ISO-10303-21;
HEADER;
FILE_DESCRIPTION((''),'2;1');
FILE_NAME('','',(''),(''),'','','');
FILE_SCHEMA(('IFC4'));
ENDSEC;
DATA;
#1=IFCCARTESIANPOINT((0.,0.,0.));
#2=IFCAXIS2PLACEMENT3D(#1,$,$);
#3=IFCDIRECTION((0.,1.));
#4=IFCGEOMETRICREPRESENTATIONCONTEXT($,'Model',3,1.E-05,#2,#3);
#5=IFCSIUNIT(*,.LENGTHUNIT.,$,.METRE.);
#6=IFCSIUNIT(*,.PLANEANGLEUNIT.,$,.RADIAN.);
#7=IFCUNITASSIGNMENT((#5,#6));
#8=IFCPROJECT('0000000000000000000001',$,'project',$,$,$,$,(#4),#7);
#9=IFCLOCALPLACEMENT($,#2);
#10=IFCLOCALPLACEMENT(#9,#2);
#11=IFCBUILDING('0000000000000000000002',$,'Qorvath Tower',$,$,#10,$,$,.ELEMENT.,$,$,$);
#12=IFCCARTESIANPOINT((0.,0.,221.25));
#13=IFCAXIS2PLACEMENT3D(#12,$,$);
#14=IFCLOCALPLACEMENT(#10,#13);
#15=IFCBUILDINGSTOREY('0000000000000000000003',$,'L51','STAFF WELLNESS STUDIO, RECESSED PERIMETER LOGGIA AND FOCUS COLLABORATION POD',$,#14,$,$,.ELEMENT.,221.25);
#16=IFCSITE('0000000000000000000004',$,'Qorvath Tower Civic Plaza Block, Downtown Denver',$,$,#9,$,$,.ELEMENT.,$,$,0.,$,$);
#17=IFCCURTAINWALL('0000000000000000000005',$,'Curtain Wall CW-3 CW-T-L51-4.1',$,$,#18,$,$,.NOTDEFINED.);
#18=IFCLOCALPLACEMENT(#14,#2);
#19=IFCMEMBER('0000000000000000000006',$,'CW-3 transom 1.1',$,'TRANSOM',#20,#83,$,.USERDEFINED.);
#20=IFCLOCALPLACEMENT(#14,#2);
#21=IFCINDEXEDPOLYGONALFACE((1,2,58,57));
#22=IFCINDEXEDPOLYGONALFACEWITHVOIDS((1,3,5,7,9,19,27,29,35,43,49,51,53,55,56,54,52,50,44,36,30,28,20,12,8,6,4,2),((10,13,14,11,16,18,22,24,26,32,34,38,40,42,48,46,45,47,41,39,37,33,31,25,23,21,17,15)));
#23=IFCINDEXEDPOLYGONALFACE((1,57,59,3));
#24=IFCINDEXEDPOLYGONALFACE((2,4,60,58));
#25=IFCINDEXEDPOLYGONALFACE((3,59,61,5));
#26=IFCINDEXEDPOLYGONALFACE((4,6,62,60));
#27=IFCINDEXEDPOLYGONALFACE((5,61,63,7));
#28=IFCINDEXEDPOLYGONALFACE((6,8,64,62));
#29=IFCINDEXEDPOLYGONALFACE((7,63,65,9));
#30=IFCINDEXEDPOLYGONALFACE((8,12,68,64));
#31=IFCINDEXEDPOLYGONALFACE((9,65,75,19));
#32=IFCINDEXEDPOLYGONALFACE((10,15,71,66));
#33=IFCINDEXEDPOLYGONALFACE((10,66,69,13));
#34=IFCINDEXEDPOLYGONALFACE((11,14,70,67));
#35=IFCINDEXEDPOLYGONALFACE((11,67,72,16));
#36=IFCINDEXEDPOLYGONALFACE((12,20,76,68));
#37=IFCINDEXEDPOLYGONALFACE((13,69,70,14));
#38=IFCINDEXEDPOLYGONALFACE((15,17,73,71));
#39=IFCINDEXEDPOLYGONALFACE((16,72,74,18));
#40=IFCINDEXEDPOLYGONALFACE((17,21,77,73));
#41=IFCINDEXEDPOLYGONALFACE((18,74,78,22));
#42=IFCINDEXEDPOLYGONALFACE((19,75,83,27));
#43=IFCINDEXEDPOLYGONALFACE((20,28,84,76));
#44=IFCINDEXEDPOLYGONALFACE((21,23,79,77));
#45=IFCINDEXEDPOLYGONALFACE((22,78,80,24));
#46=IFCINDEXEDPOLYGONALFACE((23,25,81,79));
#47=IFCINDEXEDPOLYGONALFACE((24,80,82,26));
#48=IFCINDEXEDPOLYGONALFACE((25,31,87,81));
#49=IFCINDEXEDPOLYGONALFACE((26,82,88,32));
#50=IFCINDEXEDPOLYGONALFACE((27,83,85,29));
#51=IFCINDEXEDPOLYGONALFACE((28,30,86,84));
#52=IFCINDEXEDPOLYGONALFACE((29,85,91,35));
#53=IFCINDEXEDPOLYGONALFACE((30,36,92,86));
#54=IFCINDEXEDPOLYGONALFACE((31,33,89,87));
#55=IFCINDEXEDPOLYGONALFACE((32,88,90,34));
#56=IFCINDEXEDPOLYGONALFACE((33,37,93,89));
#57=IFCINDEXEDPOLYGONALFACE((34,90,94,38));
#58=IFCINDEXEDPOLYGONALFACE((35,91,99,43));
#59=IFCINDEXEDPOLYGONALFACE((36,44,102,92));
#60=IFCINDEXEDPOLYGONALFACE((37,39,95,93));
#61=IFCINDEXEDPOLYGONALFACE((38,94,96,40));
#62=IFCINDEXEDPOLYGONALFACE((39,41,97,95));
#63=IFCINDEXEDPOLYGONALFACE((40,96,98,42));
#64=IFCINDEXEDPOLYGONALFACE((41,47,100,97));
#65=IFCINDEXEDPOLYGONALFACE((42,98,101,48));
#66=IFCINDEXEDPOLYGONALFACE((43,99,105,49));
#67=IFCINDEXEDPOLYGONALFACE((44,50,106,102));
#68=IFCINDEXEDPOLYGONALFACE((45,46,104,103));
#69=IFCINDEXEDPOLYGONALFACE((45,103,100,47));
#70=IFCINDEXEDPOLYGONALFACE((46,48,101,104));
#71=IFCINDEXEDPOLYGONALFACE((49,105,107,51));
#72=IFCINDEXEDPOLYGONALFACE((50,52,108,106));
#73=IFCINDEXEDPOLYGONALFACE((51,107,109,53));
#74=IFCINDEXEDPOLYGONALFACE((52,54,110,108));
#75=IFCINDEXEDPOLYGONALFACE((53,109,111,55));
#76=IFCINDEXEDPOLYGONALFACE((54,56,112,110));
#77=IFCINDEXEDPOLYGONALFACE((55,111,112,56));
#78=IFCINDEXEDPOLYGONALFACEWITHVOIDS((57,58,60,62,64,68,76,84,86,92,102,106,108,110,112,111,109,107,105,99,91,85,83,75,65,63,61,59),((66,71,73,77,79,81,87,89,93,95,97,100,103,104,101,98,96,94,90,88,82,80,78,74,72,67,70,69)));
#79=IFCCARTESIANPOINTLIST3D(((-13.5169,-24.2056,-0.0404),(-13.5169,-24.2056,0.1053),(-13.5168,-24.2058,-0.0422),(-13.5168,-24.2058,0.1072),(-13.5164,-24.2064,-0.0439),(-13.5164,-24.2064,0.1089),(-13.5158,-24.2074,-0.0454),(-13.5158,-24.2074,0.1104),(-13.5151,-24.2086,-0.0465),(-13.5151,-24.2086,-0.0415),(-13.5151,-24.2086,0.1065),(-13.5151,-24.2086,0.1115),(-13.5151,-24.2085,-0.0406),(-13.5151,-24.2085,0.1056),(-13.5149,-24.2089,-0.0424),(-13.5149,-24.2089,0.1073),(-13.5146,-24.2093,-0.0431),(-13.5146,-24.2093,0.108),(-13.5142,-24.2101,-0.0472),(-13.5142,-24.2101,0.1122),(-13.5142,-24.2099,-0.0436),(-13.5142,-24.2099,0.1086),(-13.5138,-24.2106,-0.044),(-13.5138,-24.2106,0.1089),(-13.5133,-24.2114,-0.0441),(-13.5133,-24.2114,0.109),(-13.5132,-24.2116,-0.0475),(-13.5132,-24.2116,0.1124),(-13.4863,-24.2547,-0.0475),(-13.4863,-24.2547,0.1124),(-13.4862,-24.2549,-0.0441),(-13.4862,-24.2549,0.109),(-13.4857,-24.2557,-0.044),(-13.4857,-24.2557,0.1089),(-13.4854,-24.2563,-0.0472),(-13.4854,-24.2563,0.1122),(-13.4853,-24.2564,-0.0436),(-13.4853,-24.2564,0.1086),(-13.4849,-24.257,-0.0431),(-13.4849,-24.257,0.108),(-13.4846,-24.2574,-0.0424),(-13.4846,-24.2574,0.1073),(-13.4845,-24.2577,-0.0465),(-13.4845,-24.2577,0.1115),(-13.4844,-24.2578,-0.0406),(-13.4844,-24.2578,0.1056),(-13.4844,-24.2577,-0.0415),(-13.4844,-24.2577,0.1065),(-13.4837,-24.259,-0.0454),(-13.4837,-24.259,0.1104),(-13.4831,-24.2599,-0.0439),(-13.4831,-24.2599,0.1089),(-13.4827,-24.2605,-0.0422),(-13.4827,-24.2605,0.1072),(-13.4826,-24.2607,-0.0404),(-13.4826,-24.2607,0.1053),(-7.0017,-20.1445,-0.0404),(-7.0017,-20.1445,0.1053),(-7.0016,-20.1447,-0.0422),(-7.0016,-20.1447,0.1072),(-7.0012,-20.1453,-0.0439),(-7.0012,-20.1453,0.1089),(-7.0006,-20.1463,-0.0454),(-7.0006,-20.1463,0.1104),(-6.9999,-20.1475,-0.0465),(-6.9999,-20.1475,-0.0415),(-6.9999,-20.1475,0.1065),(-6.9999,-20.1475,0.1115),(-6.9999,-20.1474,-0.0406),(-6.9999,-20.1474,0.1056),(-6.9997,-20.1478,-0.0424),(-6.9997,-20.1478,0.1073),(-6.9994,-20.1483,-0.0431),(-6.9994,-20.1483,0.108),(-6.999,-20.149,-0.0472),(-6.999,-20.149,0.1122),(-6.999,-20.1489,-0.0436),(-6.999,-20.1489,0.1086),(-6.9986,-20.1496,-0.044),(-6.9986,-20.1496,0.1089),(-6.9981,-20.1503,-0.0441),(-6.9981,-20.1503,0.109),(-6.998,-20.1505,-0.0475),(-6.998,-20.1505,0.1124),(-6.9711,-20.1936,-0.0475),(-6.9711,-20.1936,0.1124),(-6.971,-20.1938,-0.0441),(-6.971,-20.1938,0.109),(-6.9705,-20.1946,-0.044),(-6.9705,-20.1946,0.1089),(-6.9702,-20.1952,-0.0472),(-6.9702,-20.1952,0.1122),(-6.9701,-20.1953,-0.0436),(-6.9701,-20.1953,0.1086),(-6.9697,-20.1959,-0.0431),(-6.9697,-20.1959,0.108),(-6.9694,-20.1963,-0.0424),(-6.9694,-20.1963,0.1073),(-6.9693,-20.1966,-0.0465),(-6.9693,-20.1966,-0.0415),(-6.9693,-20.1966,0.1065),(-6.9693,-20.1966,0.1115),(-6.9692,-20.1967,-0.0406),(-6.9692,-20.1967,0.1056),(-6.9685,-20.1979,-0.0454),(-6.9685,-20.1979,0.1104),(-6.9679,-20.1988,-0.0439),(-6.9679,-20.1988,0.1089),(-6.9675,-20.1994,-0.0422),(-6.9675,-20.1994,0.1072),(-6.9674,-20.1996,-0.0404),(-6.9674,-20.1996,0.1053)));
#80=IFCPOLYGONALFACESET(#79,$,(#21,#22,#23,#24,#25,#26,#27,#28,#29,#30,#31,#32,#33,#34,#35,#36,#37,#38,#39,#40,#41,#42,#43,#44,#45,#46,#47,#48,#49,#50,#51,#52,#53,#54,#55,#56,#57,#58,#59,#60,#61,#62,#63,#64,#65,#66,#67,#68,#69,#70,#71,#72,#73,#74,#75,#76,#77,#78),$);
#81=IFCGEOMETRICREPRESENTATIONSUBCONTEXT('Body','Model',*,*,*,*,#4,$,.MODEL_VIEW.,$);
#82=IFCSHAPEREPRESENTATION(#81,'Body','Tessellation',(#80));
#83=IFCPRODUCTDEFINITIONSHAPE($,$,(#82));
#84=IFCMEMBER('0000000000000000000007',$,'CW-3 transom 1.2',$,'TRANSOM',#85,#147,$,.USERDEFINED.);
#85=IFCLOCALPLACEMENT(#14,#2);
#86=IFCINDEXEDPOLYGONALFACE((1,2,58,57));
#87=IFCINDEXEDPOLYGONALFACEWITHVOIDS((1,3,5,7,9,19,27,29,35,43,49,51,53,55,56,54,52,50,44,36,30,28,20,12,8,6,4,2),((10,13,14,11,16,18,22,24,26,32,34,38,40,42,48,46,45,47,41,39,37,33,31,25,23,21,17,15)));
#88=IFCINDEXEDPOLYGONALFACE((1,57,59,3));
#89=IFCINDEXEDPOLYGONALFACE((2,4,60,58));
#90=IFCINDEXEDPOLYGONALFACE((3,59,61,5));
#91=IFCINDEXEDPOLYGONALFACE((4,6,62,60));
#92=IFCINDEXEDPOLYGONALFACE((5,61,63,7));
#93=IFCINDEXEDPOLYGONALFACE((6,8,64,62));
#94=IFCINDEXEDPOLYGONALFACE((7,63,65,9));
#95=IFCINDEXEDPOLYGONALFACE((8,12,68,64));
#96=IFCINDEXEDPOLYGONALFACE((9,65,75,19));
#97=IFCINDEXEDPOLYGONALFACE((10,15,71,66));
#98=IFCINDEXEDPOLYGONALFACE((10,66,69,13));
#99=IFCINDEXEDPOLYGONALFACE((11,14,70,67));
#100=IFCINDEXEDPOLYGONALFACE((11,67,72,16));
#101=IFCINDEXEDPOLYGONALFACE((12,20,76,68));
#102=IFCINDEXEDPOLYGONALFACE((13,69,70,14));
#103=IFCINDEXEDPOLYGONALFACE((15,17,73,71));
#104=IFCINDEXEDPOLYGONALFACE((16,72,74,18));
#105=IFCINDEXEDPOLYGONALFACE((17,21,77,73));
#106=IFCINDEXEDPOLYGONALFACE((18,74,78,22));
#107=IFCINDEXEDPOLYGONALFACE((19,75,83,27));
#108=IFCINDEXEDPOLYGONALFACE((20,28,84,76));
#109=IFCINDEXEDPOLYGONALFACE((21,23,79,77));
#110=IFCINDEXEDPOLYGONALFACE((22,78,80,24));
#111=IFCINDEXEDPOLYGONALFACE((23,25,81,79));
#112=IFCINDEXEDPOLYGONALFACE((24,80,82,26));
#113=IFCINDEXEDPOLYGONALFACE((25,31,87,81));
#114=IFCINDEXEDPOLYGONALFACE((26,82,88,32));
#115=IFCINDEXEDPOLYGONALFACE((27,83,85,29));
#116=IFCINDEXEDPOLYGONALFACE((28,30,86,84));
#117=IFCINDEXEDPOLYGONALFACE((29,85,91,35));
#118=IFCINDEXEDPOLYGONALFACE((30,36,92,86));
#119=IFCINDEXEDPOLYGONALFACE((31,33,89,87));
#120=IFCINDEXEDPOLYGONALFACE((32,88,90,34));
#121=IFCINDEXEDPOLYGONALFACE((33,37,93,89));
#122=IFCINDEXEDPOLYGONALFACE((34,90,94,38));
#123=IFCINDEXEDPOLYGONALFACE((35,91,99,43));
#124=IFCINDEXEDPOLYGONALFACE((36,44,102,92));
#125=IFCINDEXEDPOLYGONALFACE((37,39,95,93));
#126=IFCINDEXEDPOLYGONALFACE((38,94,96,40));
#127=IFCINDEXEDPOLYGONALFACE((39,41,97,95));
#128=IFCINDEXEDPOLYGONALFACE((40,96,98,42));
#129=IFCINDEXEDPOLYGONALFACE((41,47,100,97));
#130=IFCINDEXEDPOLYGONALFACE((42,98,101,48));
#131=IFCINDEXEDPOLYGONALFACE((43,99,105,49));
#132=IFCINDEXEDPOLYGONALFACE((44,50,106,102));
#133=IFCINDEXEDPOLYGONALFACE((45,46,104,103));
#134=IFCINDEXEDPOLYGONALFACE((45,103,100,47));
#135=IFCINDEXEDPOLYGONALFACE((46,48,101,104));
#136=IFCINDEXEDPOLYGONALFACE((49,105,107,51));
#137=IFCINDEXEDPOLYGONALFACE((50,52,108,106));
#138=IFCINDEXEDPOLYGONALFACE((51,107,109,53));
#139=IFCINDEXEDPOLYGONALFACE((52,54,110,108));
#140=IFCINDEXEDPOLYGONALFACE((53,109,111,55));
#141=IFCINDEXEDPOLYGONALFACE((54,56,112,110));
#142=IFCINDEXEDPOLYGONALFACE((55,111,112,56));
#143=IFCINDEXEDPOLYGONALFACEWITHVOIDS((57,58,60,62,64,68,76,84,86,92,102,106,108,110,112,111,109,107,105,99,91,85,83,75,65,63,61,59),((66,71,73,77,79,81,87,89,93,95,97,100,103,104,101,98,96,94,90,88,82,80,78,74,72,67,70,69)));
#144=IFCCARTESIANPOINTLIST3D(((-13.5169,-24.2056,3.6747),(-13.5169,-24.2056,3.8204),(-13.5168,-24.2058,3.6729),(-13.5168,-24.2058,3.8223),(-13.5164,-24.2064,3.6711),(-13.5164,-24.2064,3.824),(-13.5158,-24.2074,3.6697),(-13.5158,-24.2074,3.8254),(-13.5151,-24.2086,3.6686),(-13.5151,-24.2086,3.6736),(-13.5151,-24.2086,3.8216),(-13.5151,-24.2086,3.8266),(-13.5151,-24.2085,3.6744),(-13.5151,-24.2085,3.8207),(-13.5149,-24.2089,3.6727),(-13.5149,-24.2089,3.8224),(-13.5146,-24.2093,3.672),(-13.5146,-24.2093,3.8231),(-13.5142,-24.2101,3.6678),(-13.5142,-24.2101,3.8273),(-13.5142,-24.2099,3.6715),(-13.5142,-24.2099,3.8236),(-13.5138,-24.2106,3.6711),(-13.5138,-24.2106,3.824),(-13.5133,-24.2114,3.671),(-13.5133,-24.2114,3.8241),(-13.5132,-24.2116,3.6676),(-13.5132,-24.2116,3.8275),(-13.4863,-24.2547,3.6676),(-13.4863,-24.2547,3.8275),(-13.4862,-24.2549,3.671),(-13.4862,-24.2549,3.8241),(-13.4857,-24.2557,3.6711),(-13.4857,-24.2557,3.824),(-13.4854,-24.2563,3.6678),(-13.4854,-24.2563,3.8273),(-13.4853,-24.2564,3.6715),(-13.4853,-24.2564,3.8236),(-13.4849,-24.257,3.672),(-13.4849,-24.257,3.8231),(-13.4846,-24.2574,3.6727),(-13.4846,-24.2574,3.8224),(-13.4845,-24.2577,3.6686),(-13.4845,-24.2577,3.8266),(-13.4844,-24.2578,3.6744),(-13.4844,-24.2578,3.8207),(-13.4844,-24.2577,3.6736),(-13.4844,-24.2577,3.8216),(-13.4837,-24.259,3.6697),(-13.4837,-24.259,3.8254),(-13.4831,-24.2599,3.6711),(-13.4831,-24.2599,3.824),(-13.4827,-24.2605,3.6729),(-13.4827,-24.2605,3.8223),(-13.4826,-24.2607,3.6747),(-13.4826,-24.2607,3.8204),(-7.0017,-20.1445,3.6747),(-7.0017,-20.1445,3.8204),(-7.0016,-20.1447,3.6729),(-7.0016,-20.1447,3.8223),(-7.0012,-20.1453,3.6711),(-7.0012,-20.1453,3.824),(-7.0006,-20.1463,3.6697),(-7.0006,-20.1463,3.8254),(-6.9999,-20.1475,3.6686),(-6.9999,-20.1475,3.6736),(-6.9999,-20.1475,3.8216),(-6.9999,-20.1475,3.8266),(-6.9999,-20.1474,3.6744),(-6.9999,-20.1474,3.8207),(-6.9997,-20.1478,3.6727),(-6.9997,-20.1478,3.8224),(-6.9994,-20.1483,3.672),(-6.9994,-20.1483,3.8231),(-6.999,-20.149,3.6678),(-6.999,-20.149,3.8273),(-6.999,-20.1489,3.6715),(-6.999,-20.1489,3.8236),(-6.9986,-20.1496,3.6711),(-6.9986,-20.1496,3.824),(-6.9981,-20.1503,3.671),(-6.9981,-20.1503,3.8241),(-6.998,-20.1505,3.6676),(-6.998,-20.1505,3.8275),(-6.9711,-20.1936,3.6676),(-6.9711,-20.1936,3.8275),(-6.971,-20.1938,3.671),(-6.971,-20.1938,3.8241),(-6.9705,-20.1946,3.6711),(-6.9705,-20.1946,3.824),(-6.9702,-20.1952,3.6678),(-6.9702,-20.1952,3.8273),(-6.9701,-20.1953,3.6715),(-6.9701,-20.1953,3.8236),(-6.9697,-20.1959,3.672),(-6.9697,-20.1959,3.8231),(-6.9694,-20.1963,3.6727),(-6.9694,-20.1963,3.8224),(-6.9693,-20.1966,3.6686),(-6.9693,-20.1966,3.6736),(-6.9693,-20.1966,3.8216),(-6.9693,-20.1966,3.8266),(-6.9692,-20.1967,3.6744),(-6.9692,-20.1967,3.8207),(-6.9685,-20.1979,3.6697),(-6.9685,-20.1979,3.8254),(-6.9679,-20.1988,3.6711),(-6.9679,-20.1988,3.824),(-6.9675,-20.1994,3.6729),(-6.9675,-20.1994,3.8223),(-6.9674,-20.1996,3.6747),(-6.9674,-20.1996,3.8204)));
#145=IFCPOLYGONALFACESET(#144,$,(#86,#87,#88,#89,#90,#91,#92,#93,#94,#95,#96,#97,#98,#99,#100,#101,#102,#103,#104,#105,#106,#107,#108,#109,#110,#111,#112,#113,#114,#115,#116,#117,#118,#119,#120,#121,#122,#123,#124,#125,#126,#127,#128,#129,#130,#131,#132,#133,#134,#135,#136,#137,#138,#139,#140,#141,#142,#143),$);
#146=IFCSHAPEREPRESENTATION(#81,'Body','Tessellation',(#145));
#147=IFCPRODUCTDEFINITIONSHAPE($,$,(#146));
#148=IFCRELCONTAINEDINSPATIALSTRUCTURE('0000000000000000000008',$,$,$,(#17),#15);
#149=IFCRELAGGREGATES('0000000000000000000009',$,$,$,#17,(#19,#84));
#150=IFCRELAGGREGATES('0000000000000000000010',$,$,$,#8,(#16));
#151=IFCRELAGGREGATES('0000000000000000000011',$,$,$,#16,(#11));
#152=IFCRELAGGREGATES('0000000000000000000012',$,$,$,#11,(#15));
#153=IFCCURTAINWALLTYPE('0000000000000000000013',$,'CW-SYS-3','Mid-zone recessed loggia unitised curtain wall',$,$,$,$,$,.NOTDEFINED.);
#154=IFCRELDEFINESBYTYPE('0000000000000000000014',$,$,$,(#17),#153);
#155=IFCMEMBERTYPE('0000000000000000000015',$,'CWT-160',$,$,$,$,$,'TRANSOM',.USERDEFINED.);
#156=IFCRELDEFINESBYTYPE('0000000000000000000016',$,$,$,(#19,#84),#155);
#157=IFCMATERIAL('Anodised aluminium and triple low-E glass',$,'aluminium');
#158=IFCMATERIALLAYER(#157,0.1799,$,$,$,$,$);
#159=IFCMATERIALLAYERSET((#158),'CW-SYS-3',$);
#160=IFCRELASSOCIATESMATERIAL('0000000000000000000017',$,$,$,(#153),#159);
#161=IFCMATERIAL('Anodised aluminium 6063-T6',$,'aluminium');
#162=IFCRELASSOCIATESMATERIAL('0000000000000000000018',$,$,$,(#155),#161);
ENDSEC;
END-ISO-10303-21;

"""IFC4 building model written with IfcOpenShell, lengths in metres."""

from ifc_helpers import new_model, si_unit, direction, frame, origin, origin_2d, place, context, subcontext, project, spatial, hollow_rectangle, extrude, material, layer, layer_set, material_profile, profile_set, type_object, element, aggregate, save


model = new_model("IFC4")

# Units and contexts
model_context = context("Model", 3, precision=1e-05, world=origin(), true_north=direction((0.0, 1.0)))
body_context = subcontext(model_context, "Body", "Model", "MODEL_VIEW")
ifc_project = project(units=[si_unit("LENGTHUNIT", "METRE"), si_unit("PLANEANGLEUNIT", "RADIAN")], contexts=[model_context])

# Site, building, storey
site_placement = place(None, origin())
site = spatial("IfcSite", under=ifc_project, at=site_placement, Name="Qorvath Tower Civic Plaza Block, Downtown Denver", CompositionType="ELEMENT", RefElevation=0.0)
building_placement = place(site_placement, origin())
building = spatial("IfcBuilding", under=site, at=building_placement, Name="Qorvath Tower", CompositionType="ELEMENT")
storey_placement = place(building_placement, frame((0.0, 0.0, 221.25)))
storey = spatial("IfcBuildingStorey", under=building, at=storey_placement, Name="L51", Description="STAFF WELLNESS STUDIO, RECESSED PERIMETER LOGGIA AND FOCUS COLLABORATION POD", CompositionType="ELEMENT", Elevation=221.25)

# Shared definitions
ifc_material_1 = material(Name="Anodised aluminium and triple low-E glass", Category="aluminium")
ifc_layer_1 = layer(ifc_material_1, 0.1799)
ifc_layer_set_1 = layer_set([ifc_layer_1], Name="CW-SYS-3")
curtain_wall_type = type_object("IfcCurtainWallType", Name="CW-SYS-3", Description="Mid-zone recessed loggia unitised curtain wall", PredefinedType="NOTDEFINED", material=ifc_layer_set_1)

# Curtain wall
curtain_wall_1_placement = place(storey_placement, origin())
curtain_wall_1 = element("IfcCurtainWall", 1, at=curtain_wall_1_placement, inside=storey, type_object=curtain_wall_type, Name="Curtain Wall CW-3 CW-T-L51-4.1", PredefinedType="NOTDEFINED")

# Members
ifc_material_2 = material(Name="Anodised aluminium 6063-T6", Category="aluminium")
ifc_material_profile_1 = material_profile(ifc_material_2, hollow_rectangle(XDim=0.0649, YDim=0.1599, WallThickness=0.0034, InnerFilletRadius=0.0034, OuterFilletRadius=0.0071, at=origin_2d()), Name="CWT 160x65")
ifc_profile_set_1 = profile_set([ifc_material_profile_1], Name="Anodised aluminium 6063-T6")
member_type_1 = type_object("IfcMemberType", Name="CWT-160", ElementType="TRANSOM", PredefinedType="USERDEFINED", material=ifc_profile_set_1)
member_1_placement = place(storey_placement, frame((-13.4998, -24.2332, 0.0325), z_axis=(0.848637, 0.528975, 0.0), x_axis=(-0.528975, 0.848637, 0.0)))
member_1 = element("IfcMember", 2, at=member_1_placement, type_object=member_type_1, Name="CW-3 transom 1.1", ObjectType="TRANSOM", PredefinedType="USERDEFINED", context=body_context, shape_type="SweptSolid", body=[
    extrude(hollow_rectangle(XDim=0.0649, YDim=0.1599, WallThickness=0.0034, InnerFilletRadius=0.0034, OuterFilletRadius=0.0071, at=origin_2d()), origin(), (0.0, 0.0, 1.0), 7.6772),
])
member_2_placement = place(storey_placement, frame((-13.4998, -24.2332, 3.7476), z_axis=(0.848637, 0.528975, 0.0), x_axis=(-0.528975, 0.848637, 0.0)))
member_2 = element("IfcMember", 3, at=member_2_placement, type_object=member_type_1, Name="CW-3 transom 1.2", ObjectType="TRANSOM", PredefinedType="USERDEFINED", context=body_context, shape_type="SweptSolid", body=[
    extrude(hollow_rectangle(XDim=0.0649, YDim=0.1599, WallThickness=0.0034, InnerFilletRadius=0.0034, OuterFilletRadius=0.0071, at=origin_2d()), origin(), (0.0, 0.0, 1.0), 7.6772),
])

aggregate(curtain_wall_1, [member_1, member_2])

save(model, "model.ifc")
